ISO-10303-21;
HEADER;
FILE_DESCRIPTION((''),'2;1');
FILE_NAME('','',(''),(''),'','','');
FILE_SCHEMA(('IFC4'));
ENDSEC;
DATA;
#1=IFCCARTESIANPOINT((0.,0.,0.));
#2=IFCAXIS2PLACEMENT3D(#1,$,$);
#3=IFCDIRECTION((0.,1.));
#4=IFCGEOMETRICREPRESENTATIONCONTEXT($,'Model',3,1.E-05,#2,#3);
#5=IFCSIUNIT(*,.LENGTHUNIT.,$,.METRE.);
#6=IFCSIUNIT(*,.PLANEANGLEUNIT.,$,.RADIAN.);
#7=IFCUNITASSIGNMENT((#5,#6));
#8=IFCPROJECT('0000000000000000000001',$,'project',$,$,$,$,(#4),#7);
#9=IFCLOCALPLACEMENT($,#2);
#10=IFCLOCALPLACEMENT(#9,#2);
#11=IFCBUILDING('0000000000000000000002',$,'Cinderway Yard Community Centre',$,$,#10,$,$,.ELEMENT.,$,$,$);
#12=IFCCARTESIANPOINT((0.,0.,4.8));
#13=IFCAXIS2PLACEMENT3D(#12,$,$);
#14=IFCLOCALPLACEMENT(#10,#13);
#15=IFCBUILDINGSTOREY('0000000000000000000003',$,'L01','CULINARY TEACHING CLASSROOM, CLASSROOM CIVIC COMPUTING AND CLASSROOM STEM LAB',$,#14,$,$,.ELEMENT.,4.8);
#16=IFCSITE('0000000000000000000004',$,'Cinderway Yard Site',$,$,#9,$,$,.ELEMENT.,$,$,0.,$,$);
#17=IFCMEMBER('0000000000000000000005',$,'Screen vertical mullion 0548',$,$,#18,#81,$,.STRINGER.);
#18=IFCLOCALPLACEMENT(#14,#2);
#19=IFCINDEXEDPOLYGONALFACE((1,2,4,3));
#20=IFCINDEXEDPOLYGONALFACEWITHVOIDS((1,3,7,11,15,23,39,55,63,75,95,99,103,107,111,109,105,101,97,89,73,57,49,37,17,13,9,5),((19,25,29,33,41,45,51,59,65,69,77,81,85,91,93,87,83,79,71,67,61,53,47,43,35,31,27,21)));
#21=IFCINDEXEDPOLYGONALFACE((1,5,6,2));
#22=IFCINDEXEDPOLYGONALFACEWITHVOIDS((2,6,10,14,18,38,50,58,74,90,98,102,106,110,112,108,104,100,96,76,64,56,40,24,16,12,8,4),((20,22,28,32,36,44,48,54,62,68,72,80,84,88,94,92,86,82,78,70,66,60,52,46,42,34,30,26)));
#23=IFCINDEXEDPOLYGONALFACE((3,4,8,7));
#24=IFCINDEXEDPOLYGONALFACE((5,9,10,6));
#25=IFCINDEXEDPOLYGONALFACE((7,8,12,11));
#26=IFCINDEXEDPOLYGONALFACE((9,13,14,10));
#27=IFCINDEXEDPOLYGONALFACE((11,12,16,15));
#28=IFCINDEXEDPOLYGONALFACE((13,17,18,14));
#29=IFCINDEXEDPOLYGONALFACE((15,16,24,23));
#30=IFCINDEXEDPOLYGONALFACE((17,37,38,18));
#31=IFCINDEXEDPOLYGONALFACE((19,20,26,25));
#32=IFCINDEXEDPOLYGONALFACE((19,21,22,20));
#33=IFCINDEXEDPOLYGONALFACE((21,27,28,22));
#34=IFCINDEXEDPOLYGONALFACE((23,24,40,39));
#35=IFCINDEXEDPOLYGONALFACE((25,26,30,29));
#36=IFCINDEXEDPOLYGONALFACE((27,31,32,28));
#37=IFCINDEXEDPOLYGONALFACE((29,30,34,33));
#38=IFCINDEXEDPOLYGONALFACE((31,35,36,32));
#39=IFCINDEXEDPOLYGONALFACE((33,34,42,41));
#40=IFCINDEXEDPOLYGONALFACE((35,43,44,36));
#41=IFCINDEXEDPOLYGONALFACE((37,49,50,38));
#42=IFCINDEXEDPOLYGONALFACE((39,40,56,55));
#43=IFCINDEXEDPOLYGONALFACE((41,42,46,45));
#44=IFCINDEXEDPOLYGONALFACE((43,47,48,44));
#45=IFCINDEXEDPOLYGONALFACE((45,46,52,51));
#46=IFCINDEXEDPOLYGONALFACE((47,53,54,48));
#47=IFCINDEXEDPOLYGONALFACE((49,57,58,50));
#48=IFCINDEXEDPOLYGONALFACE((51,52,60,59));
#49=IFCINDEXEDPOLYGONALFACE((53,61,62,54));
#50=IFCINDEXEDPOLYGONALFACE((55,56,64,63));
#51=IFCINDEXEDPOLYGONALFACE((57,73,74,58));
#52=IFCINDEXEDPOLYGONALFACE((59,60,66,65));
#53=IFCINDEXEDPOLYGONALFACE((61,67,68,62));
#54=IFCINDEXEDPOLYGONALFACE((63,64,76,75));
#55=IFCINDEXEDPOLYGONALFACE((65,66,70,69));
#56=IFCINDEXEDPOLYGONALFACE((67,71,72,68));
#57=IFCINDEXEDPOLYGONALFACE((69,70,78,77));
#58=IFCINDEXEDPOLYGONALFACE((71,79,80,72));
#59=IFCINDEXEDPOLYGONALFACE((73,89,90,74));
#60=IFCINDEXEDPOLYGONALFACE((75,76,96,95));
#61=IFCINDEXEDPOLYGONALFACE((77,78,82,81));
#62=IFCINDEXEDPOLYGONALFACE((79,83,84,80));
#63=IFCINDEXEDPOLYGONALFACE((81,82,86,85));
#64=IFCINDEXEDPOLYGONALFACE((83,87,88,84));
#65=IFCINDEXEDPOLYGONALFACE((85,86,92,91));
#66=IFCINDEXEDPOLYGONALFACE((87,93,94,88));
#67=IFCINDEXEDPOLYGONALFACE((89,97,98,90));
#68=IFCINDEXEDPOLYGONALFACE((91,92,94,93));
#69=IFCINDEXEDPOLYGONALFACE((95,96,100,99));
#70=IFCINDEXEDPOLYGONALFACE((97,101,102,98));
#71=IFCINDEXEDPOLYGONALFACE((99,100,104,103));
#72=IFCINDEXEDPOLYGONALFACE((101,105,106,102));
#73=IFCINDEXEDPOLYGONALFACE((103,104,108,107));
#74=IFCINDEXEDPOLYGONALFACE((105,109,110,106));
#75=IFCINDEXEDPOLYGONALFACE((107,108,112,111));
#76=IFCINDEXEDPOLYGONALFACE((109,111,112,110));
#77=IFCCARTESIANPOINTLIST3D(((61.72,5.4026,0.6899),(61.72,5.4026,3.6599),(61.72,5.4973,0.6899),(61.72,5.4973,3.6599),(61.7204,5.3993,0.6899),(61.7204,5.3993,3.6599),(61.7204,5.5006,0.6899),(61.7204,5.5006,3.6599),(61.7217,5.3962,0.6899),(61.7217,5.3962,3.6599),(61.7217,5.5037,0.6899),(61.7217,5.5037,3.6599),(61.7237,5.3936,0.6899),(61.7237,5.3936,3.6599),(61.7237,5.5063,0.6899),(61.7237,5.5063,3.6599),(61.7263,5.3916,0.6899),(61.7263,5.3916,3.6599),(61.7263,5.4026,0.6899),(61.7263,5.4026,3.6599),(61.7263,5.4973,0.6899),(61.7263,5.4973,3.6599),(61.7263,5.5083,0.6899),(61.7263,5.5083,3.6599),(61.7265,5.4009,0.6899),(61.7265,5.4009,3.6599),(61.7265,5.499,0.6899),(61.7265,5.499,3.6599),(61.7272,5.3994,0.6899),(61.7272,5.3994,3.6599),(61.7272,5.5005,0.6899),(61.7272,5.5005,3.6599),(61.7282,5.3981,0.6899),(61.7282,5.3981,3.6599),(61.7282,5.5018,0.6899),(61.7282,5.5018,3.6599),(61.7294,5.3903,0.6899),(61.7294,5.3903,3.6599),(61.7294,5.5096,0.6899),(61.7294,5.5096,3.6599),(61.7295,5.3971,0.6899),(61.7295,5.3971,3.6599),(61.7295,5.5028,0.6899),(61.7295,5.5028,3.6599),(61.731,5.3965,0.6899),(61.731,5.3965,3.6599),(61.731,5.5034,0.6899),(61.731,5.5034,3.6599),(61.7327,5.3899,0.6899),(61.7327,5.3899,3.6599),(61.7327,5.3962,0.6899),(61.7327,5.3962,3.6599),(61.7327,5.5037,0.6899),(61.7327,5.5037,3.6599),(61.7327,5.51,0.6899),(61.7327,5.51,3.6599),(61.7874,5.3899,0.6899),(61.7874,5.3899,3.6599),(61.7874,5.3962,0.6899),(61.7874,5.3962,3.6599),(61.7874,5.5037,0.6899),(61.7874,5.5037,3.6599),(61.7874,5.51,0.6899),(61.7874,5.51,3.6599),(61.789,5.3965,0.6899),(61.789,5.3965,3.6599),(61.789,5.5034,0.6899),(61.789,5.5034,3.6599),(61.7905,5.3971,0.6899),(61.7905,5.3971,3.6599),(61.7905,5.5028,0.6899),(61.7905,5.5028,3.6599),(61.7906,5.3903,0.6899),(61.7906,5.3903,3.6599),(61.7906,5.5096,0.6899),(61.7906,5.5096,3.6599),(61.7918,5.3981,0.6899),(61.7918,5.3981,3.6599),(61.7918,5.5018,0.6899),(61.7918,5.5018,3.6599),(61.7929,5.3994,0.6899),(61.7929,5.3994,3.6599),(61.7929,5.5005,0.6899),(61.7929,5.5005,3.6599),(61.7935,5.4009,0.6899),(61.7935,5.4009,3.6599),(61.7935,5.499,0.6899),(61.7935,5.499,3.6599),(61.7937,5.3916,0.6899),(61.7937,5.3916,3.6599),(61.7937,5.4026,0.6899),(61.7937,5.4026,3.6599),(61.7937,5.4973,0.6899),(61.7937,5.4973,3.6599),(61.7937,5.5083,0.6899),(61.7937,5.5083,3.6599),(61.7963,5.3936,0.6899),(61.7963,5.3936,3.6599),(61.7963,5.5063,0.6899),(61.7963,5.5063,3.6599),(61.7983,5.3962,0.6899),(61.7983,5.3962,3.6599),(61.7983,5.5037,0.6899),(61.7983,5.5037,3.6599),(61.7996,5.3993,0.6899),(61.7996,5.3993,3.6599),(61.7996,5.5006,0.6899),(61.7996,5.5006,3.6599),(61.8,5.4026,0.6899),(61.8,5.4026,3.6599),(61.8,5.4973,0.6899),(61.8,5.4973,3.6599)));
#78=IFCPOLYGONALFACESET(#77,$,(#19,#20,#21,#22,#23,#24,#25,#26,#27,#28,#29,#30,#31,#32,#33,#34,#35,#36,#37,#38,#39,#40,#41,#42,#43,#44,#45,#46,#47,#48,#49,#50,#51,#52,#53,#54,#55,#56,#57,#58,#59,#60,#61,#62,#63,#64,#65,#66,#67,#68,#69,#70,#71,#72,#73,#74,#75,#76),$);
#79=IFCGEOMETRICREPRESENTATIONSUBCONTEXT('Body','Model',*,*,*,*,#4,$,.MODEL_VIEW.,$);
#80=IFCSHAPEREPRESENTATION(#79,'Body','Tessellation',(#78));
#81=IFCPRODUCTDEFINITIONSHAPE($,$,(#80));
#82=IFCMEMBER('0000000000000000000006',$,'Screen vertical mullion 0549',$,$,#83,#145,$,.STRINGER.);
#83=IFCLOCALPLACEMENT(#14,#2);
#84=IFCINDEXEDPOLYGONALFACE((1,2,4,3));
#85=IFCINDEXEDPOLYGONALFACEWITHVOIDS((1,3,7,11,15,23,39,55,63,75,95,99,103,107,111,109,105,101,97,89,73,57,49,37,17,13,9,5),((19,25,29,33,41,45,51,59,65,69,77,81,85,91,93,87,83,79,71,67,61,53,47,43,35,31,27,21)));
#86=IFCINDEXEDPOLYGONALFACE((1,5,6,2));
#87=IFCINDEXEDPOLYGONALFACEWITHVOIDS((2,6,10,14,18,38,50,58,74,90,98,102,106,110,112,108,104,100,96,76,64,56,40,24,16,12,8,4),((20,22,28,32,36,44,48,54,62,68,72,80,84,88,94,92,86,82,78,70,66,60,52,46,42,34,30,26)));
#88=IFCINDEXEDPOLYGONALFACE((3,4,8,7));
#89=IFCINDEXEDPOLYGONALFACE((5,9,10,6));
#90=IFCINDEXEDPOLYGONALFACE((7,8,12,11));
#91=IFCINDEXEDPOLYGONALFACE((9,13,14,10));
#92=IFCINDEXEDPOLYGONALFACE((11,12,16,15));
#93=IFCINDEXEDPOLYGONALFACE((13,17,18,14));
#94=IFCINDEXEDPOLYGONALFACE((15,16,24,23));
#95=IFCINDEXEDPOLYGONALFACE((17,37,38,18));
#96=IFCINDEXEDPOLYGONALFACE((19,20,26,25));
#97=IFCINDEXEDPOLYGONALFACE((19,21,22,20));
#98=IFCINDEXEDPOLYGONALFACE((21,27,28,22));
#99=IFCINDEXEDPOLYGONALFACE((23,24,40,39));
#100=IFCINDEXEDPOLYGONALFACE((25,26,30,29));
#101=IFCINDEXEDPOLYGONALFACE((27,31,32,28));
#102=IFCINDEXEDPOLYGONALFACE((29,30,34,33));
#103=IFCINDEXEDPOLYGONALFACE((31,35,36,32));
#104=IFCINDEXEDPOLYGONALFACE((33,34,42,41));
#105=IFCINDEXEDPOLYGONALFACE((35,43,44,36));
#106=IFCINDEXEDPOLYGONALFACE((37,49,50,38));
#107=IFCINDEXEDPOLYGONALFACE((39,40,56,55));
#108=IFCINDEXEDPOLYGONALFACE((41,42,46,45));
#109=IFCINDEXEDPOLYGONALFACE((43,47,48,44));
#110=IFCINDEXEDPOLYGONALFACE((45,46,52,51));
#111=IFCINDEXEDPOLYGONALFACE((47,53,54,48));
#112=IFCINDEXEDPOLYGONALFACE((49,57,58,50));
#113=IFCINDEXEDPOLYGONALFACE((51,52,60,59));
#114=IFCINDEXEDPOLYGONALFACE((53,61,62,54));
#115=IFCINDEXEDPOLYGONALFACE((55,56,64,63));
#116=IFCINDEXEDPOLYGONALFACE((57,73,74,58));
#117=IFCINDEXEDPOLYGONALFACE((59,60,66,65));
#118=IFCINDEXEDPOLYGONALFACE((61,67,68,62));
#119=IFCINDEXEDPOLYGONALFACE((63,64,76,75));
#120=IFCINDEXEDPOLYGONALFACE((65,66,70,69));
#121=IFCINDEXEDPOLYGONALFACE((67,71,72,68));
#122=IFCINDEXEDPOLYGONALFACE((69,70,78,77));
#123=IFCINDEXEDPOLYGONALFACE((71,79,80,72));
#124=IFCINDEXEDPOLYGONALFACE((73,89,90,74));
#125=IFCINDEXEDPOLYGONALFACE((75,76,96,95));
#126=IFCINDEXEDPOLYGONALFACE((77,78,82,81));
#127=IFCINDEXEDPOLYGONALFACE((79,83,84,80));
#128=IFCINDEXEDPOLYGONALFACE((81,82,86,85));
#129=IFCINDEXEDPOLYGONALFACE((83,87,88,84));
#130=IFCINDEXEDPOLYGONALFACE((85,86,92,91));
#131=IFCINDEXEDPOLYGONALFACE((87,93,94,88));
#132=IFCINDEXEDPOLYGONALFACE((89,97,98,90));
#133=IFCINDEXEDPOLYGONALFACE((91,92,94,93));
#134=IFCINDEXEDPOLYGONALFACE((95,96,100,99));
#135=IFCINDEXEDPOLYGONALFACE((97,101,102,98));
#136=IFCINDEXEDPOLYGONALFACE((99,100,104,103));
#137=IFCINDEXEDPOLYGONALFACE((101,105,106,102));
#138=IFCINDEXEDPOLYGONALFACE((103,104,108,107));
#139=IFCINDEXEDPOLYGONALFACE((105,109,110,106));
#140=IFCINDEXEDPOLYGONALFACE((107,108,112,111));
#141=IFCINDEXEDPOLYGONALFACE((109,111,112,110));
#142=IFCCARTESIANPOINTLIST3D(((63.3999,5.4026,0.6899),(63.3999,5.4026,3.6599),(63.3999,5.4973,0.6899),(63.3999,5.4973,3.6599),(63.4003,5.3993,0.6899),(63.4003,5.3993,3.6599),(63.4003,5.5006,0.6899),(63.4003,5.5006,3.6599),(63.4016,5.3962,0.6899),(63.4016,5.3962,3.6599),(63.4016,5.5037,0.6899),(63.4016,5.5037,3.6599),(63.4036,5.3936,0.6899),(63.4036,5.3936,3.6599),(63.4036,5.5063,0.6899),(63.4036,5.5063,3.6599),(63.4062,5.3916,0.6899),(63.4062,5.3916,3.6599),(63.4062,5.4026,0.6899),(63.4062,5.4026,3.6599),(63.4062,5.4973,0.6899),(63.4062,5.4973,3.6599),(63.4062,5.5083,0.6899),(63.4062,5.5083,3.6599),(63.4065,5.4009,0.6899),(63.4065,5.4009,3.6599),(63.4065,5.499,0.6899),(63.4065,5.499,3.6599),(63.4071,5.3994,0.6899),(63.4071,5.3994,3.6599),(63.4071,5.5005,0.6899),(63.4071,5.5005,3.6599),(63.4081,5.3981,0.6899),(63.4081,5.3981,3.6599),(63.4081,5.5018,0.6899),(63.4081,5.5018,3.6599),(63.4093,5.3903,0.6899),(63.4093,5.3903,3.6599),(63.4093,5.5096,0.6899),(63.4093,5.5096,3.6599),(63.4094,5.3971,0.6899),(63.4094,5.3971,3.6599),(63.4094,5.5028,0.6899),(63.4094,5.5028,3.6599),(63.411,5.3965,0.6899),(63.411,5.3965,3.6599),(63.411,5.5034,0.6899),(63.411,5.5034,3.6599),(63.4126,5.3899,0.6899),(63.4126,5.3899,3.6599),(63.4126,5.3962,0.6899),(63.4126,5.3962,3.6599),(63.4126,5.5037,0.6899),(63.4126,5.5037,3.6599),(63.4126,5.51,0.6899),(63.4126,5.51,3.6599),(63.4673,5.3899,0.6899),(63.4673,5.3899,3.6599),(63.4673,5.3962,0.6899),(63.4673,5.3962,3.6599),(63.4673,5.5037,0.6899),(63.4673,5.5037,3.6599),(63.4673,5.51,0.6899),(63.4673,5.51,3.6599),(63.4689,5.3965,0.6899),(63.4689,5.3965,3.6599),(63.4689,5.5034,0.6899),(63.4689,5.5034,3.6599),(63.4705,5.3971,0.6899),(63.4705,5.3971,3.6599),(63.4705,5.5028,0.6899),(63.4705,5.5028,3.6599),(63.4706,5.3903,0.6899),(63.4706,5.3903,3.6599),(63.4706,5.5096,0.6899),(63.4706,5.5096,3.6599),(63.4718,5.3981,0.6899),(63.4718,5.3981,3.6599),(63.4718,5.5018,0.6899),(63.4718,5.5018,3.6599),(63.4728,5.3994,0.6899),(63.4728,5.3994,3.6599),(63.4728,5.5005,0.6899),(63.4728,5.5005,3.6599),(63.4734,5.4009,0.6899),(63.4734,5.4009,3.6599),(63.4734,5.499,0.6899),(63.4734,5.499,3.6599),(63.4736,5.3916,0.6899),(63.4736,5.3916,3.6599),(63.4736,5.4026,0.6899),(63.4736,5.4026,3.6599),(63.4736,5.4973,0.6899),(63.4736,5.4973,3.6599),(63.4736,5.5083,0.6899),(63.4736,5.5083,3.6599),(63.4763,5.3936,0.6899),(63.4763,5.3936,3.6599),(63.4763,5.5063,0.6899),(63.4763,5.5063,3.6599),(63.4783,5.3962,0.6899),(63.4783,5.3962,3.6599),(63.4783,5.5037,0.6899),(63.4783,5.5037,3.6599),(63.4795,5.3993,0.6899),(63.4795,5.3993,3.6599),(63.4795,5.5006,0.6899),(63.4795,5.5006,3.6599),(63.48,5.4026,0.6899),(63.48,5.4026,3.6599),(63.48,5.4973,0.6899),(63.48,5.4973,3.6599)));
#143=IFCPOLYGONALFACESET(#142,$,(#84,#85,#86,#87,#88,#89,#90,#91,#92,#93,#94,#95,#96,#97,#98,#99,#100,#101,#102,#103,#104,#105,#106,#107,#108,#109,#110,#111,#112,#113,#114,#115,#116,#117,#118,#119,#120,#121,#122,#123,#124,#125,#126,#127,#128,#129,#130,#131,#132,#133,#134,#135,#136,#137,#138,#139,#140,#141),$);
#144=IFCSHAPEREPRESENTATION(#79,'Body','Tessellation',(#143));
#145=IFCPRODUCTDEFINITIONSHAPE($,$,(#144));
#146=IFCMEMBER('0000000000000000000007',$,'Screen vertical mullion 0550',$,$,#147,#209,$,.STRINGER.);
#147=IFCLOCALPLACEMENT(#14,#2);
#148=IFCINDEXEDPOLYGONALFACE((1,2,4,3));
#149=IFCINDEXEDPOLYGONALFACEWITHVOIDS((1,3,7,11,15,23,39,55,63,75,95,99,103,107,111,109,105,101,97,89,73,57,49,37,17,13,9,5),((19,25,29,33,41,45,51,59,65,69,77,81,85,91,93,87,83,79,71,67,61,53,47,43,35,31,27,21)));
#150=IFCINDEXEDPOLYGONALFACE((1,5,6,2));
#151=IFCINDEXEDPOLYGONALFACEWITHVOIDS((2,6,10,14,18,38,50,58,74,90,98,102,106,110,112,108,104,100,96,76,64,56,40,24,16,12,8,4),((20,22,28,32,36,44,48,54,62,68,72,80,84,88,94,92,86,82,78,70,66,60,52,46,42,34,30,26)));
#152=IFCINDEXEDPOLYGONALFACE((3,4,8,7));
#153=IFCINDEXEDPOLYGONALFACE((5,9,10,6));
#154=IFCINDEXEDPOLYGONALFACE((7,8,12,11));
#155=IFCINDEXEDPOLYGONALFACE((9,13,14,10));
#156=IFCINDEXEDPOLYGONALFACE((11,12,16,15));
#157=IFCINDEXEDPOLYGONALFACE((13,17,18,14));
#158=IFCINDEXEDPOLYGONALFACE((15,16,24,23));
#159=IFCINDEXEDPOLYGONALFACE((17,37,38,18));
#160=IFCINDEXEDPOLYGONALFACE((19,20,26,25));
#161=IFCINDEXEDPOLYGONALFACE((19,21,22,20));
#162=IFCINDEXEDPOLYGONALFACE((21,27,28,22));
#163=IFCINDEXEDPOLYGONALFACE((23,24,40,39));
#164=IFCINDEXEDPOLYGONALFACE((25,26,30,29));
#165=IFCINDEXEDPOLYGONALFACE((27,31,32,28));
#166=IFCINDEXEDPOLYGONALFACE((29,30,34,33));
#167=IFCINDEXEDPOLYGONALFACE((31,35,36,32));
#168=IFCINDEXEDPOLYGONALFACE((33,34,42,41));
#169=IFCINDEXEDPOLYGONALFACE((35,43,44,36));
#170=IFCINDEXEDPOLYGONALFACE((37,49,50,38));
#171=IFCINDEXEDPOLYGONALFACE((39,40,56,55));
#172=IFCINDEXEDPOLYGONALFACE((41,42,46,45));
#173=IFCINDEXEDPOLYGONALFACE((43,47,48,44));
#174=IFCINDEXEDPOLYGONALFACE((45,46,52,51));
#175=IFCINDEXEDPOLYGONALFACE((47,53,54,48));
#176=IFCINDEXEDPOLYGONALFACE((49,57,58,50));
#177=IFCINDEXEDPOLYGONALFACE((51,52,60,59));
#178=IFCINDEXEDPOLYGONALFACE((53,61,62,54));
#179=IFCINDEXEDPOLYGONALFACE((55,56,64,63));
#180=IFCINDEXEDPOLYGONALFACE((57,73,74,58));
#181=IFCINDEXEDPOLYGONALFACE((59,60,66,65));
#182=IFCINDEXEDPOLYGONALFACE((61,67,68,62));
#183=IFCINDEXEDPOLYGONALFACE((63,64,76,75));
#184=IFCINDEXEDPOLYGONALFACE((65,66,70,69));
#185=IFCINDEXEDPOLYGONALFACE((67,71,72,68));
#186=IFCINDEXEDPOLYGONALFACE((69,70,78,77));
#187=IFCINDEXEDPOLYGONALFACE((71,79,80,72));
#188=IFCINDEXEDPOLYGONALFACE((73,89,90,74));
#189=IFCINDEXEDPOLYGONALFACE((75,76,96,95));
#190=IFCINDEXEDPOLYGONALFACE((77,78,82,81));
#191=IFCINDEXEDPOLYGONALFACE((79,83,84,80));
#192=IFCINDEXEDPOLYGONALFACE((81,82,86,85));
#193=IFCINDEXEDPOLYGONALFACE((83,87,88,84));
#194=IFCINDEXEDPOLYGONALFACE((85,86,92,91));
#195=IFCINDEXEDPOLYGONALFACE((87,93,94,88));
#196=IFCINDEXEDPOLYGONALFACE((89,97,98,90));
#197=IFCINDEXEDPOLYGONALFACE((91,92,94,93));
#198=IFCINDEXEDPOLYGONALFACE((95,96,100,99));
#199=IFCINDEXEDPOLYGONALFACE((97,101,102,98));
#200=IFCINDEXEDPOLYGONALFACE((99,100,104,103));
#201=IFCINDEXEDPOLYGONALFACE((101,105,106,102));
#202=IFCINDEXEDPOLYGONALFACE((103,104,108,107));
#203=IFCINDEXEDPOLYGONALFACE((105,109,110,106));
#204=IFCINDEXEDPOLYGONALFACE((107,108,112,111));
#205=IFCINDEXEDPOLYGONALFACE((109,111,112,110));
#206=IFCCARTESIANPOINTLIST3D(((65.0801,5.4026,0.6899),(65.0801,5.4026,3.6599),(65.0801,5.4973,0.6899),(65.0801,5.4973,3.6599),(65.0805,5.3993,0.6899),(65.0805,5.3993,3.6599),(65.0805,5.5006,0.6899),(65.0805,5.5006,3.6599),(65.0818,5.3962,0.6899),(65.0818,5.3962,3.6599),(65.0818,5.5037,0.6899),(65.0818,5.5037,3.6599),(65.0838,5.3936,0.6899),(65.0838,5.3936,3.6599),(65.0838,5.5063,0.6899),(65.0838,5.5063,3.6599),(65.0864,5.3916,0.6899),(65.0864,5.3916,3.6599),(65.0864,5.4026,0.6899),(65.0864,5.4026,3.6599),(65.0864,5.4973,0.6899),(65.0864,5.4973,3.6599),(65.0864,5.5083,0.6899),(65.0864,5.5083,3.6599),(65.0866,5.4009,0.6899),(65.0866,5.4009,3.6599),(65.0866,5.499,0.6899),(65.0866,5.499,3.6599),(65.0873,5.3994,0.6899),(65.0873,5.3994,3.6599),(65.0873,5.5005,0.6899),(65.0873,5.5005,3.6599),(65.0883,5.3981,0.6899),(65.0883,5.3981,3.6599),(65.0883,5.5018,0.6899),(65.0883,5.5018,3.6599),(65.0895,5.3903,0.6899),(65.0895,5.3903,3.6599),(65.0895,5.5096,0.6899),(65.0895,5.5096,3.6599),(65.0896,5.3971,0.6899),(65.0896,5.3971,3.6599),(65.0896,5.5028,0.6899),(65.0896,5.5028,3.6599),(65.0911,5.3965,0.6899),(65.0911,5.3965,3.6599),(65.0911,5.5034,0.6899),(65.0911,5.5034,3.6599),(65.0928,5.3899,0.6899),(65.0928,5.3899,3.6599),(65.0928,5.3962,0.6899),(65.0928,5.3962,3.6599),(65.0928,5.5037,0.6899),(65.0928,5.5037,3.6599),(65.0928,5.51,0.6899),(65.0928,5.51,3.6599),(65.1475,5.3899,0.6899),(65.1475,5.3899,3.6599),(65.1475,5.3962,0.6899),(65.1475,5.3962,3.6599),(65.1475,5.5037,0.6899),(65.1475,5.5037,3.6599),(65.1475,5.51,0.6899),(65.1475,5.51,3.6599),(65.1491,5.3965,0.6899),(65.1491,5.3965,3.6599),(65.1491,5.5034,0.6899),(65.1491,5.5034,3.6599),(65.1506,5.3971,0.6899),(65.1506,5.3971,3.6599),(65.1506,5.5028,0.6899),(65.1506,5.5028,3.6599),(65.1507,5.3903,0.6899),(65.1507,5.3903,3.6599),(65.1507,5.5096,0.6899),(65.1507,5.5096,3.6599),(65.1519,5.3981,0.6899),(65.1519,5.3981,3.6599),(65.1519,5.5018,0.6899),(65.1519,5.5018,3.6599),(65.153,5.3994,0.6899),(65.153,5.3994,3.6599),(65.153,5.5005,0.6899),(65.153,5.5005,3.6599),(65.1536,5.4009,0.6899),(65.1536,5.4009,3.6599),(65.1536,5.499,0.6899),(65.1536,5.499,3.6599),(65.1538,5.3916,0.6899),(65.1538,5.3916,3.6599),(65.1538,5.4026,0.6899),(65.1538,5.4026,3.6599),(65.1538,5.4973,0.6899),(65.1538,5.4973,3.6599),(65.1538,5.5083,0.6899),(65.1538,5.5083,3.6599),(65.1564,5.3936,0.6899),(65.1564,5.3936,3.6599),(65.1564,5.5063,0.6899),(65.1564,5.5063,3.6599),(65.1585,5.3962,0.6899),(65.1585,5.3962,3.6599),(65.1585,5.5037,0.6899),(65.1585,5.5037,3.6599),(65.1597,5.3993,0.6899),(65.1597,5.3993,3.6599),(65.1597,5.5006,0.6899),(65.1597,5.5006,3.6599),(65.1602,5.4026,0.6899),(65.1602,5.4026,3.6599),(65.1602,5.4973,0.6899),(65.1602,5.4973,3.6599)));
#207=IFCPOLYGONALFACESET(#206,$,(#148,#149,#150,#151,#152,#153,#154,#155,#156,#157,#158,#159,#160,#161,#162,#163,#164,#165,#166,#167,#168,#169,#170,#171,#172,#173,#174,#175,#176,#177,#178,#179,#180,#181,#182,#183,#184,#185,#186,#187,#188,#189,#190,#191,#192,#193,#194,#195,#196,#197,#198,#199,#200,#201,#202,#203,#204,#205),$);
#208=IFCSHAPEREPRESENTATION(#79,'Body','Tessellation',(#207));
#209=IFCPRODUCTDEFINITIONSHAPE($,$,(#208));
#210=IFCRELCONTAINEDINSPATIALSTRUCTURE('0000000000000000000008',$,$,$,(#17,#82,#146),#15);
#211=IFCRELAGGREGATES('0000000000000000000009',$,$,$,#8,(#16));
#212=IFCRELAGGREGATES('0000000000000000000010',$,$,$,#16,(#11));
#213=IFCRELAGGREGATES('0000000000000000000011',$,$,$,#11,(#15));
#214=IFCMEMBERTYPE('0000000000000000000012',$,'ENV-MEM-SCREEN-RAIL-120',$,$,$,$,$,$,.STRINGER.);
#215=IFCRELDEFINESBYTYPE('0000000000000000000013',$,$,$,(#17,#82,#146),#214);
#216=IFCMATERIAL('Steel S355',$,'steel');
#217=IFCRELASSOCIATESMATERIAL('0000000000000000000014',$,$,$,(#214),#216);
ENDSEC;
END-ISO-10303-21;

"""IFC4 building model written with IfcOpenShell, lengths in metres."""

from ifc_helpers import new_model, si_unit, direction, frame, origin, origin_2d, place, context, subcontext, project, spatial, hollow_rectangle, extrude, material, material_profile, profile_set, type_object, element, save


model = new_model("IFC4")

# Units and contexts
model_context = context("Model", 3, precision=1e-05, world=origin(), true_north=direction((0.0, 1.0)))
body_context = subcontext(model_context, "Body", "Model", "MODEL_VIEW")
ifc_project = project(units=[si_unit("LENGTHUNIT", "METRE"), si_unit("PLANEANGLEUNIT", "RADIAN")], contexts=[model_context])

# Site, building, storey
site_placement = place(None, origin())
site = spatial("IfcSite", under=ifc_project, at=site_placement, Name="Cinderway Yard Site", CompositionType="ELEMENT", RefElevation=0.0)
building_placement = place(site_placement, origin())
building = spatial("IfcBuilding", under=site, at=building_placement, Name="Cinderway Yard Community Centre", CompositionType="ELEMENT")
storey_placement = place(building_placement, frame((0.0, 0.0, 4.8)))
storey = spatial("IfcBuildingStorey", under=building, at=storey_placement, Name="L01", Description="CULINARY TEACHING CLASSROOM, CLASSROOM CIVIC COMPUTING AND CLASSROOM STEM LAB", CompositionType="ELEMENT", Elevation=4.8)

# Members
ifc_material_1 = material(Name="Steel S355", Category="steel")
ifc_material_profile_1 = material_profile(ifc_material_1, hollow_rectangle(XDim=0.0801, YDim=0.1201, WallThickness=0.0063, InnerFilletRadius=0.0063, OuterFilletRadius=0.0127, at=origin_2d()), Name="Steel S355")
ifc_profile_set_1 = profile_set([ifc_material_profile_1], Name="Steel S355")
member_type = type_object("IfcMemberType", Name="ENV-MEM-SCREEN-RAIL-120", PredefinedType="STRINGER", material=ifc_profile_set_1)
for number, where, z_axis, x_axis, name in (
    (1, (61.76, 5.45, 0.6899), (0.0, 0.0, 1.0), (1.0, 0.0, 0.0), "Screen vertical mullion 0548"),
    (2, (63.4399, 5.45, 0.6899), (0.0, 0.0, 1.0), (1.0, 0.0, 0.0), "Screen vertical mullion 0549"),
    (3, (65.1201, 5.45, 0.6899), (0.0, 0.0, 1.0), (1.0, 0.0, 0.0), "Screen vertical mullion 0550"),
):
    element("IfcMember", number, at=place(storey_placement, frame(where, z_axis=z_axis, x_axis=x_axis)), inside=storey, type_object=member_type, Name=name, PredefinedType="STRINGER", context=body_context, shape_type="SweptSolid", body=[
        extrude(hollow_rectangle(XDim=0.0801, YDim=0.1201, WallThickness=0.0063, InnerFilletRadius=0.0063, OuterFilletRadius=0.0127, at=origin_2d()), origin(), (0.0, 0.0, 1.0), 2.97),
    ])

save(model, "model.ifc")
